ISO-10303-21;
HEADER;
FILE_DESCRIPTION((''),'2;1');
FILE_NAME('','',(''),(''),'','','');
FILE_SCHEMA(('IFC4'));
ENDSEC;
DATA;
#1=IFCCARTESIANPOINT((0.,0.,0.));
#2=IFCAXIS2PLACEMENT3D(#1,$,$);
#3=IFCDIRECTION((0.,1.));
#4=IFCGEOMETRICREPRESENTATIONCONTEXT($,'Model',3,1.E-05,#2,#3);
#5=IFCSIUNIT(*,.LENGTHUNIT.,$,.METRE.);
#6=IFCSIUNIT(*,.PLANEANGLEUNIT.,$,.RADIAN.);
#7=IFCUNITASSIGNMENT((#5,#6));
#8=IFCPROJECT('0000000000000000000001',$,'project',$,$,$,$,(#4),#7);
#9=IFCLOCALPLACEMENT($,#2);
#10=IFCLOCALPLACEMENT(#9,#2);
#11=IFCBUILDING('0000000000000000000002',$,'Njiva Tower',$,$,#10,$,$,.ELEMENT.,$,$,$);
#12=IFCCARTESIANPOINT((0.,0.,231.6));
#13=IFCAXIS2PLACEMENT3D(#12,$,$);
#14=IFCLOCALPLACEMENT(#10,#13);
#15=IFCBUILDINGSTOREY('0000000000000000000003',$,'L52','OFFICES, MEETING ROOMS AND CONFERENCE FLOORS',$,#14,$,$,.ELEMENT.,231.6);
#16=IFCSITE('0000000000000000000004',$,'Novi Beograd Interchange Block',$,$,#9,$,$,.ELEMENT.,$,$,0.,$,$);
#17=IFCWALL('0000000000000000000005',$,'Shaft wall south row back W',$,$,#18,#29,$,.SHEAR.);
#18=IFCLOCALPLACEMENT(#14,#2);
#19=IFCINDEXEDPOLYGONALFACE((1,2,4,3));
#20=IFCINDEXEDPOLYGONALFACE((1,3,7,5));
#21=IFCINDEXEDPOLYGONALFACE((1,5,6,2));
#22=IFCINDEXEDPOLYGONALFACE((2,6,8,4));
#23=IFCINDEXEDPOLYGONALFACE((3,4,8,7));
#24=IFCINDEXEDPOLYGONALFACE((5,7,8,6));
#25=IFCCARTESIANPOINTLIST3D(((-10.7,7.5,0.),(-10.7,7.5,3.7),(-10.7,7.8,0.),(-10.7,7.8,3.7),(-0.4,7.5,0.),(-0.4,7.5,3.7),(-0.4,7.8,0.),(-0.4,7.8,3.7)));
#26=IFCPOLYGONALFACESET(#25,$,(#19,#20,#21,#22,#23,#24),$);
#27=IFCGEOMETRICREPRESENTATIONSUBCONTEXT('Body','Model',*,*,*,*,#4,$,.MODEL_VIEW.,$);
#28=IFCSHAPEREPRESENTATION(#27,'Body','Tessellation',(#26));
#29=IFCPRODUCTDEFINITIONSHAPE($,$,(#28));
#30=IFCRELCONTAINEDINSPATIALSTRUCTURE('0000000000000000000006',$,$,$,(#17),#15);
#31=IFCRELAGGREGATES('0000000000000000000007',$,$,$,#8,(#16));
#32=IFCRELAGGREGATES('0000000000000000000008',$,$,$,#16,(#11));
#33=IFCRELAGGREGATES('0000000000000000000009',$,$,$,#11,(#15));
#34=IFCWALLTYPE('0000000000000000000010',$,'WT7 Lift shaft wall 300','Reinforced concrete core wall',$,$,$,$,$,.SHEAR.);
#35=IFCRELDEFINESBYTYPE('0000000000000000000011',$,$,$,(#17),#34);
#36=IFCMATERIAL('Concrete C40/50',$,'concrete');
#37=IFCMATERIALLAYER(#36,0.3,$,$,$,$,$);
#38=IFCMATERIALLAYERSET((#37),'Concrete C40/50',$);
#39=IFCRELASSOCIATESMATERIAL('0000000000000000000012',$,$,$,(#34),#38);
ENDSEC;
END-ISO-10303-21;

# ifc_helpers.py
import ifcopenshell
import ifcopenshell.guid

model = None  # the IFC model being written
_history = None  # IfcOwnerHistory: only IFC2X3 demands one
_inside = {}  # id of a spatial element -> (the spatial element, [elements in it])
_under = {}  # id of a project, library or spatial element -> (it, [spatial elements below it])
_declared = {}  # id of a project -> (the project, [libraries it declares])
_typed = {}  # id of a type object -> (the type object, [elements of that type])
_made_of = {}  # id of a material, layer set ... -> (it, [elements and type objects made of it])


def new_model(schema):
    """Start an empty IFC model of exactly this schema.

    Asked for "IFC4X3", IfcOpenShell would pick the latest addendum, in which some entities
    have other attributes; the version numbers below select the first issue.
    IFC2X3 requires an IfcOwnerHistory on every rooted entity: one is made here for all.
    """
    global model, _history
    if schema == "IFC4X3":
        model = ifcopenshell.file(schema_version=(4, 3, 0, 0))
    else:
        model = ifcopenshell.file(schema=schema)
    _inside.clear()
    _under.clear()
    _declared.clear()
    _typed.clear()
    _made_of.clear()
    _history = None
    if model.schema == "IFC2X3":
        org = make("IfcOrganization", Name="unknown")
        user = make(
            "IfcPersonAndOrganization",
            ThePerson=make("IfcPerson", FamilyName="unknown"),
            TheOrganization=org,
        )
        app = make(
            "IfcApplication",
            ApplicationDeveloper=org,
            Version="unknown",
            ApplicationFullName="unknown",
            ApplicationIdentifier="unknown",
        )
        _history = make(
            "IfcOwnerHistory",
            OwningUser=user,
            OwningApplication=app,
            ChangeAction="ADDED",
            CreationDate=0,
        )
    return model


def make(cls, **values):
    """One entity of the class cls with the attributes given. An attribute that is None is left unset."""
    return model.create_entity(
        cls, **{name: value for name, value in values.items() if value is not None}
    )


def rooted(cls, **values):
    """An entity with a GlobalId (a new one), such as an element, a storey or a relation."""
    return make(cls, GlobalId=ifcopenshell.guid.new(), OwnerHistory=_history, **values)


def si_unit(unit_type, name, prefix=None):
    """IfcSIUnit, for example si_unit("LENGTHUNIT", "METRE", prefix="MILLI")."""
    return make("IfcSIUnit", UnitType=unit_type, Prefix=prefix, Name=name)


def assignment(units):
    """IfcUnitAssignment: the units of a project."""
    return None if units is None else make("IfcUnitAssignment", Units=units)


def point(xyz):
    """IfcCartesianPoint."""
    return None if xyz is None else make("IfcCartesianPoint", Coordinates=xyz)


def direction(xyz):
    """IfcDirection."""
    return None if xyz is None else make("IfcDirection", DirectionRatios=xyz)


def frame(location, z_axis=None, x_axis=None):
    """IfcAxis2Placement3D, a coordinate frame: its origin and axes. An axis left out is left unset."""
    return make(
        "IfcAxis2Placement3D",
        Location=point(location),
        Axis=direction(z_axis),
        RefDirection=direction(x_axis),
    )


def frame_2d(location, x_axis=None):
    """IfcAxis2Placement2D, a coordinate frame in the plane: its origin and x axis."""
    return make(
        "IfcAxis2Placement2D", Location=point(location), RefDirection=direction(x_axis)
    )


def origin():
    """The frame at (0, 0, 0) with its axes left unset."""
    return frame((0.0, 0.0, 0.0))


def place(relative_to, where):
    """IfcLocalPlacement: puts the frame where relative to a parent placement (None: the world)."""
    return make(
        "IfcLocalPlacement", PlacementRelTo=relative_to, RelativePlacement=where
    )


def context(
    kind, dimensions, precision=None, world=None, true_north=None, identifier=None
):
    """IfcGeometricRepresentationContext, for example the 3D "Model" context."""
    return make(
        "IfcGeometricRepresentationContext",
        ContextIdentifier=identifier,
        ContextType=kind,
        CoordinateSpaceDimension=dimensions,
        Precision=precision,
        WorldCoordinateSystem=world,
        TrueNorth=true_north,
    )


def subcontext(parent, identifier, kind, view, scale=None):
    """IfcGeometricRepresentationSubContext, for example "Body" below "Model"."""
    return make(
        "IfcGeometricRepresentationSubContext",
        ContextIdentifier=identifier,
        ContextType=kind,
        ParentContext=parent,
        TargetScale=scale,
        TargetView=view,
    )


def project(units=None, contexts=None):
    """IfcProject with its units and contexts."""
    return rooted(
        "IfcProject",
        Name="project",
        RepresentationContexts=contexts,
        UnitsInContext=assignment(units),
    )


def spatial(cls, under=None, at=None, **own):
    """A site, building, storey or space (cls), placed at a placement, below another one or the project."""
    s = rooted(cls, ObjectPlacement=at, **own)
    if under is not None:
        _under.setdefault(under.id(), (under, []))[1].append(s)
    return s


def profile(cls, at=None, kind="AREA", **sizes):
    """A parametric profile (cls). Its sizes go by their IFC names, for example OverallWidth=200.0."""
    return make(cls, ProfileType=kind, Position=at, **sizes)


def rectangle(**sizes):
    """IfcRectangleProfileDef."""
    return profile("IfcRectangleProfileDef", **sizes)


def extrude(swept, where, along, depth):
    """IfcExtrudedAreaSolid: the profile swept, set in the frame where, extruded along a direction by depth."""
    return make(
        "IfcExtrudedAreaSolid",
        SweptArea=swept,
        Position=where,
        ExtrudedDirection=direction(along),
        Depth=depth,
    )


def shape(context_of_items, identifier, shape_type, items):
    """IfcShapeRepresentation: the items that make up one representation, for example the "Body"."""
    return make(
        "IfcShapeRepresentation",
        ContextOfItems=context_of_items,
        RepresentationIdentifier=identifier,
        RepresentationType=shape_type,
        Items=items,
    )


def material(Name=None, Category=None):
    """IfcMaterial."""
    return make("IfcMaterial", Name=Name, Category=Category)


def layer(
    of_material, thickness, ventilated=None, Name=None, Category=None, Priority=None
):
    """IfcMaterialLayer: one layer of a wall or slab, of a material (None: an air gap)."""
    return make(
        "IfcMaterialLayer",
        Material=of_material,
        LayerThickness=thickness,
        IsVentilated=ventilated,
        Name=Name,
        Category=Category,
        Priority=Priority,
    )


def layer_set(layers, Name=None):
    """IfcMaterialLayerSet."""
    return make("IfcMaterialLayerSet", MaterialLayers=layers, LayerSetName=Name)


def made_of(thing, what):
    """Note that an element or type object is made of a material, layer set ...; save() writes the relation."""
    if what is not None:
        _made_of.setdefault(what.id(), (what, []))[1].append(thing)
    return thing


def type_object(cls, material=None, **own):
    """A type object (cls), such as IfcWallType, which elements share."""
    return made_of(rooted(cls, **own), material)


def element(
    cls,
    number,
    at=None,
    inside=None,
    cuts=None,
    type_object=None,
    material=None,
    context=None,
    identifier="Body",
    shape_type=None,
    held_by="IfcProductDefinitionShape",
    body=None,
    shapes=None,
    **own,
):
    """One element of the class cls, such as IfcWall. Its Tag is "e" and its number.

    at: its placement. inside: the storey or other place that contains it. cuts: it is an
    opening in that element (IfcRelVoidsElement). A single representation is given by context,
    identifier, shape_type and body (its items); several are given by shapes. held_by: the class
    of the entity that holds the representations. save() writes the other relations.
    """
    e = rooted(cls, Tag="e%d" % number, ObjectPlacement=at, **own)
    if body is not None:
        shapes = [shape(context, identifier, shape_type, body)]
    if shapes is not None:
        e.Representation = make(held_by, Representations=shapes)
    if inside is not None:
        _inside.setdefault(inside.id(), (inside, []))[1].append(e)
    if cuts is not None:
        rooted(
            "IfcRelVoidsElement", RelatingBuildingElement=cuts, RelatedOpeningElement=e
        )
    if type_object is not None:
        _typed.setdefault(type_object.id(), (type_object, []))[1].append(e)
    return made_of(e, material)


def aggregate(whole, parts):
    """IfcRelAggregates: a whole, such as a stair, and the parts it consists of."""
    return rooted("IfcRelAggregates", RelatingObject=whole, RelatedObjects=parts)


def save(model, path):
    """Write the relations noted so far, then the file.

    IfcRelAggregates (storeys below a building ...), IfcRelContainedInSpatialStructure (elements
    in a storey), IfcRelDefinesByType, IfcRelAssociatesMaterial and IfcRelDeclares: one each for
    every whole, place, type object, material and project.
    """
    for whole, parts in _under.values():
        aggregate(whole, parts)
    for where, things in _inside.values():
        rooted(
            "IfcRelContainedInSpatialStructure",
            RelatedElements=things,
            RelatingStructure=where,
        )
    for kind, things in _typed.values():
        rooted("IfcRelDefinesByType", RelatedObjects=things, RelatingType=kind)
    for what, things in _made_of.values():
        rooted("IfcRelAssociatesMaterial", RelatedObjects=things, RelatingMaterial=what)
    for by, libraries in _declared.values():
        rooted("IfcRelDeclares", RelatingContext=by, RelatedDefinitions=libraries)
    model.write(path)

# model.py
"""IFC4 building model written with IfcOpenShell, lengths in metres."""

from ifc_helpers import new_model, si_unit, direction, frame, frame_2d, origin, place, context, subcontext, project, spatial, rectangle, extrude, material, layer, layer_set, type_object, element, save


model = new_model("IFC4")

# Units and contexts
model_context = context("Model", 3, precision=1e-05, world=origin(), true_north=direction((0.0, 1.0)))
body_context = subcontext(model_context, "Body", "Model", "MODEL_VIEW")
ifc_project = project(units=[si_unit("LENGTHUNIT", "METRE"), si_unit("PLANEANGLEUNIT", "RADIAN")], contexts=[model_context])

# Site, building, storey
site_placement = place(None, origin())
site = spatial("IfcSite", under=ifc_project, at=site_placement, Name="Novi Beograd Interchange Block", CompositionType="ELEMENT", RefElevation=0.0)
building_placement = place(site_placement, origin())
building = spatial("IfcBuilding", under=site, at=building_placement, Name="Njiva Tower", CompositionType="ELEMENT")
storey_placement = place(building_placement, frame((0.0, 0.0, 231.6)))
storey = spatial("IfcBuildingStorey", under=building, at=storey_placement, Name="L52", Description="OFFICES, MEETING ROOMS AND CONFERENCE FLOORS", CompositionType="ELEMENT", Elevation=231.6)

# Shared definitions
ifc_material_1 = material(Name="Concrete C40/50", Category="concrete")

# Shared definitions
ifc_layer_1 = layer(ifc_material_1, 0.3)
ifc_layer_set_1 = layer_set([ifc_layer_1], Name="Concrete C40/50")
wall_type_1 = type_object("IfcWallType", Name="WT7 Lift shaft wall 300", Description="Reinforced concrete core wall", PredefinedType="SHEAR", material=ifc_layer_set_1)

# Wall
wall_1_placement = place(storey_placement, frame((-10.7, 7.65, 0.0), z_axis=(0.0, 0.0, 1.0), x_axis=(1.0, 0.0, 0.0)))
element("IfcWall", 1, at=wall_1_placement, inside=storey, type_object=wall_type_1, Name="Shaft wall south row back W", PredefinedType="SHEAR", context=body_context, shape_type="SweptSolid", body=[
    extrude(rectangle(XDim=10.3, YDim=0.3, at=frame_2d((5.15, 0.0))), origin(), (0.0, 0.0, 1.0), 3.7),
])

save(model, "model.ifc")
